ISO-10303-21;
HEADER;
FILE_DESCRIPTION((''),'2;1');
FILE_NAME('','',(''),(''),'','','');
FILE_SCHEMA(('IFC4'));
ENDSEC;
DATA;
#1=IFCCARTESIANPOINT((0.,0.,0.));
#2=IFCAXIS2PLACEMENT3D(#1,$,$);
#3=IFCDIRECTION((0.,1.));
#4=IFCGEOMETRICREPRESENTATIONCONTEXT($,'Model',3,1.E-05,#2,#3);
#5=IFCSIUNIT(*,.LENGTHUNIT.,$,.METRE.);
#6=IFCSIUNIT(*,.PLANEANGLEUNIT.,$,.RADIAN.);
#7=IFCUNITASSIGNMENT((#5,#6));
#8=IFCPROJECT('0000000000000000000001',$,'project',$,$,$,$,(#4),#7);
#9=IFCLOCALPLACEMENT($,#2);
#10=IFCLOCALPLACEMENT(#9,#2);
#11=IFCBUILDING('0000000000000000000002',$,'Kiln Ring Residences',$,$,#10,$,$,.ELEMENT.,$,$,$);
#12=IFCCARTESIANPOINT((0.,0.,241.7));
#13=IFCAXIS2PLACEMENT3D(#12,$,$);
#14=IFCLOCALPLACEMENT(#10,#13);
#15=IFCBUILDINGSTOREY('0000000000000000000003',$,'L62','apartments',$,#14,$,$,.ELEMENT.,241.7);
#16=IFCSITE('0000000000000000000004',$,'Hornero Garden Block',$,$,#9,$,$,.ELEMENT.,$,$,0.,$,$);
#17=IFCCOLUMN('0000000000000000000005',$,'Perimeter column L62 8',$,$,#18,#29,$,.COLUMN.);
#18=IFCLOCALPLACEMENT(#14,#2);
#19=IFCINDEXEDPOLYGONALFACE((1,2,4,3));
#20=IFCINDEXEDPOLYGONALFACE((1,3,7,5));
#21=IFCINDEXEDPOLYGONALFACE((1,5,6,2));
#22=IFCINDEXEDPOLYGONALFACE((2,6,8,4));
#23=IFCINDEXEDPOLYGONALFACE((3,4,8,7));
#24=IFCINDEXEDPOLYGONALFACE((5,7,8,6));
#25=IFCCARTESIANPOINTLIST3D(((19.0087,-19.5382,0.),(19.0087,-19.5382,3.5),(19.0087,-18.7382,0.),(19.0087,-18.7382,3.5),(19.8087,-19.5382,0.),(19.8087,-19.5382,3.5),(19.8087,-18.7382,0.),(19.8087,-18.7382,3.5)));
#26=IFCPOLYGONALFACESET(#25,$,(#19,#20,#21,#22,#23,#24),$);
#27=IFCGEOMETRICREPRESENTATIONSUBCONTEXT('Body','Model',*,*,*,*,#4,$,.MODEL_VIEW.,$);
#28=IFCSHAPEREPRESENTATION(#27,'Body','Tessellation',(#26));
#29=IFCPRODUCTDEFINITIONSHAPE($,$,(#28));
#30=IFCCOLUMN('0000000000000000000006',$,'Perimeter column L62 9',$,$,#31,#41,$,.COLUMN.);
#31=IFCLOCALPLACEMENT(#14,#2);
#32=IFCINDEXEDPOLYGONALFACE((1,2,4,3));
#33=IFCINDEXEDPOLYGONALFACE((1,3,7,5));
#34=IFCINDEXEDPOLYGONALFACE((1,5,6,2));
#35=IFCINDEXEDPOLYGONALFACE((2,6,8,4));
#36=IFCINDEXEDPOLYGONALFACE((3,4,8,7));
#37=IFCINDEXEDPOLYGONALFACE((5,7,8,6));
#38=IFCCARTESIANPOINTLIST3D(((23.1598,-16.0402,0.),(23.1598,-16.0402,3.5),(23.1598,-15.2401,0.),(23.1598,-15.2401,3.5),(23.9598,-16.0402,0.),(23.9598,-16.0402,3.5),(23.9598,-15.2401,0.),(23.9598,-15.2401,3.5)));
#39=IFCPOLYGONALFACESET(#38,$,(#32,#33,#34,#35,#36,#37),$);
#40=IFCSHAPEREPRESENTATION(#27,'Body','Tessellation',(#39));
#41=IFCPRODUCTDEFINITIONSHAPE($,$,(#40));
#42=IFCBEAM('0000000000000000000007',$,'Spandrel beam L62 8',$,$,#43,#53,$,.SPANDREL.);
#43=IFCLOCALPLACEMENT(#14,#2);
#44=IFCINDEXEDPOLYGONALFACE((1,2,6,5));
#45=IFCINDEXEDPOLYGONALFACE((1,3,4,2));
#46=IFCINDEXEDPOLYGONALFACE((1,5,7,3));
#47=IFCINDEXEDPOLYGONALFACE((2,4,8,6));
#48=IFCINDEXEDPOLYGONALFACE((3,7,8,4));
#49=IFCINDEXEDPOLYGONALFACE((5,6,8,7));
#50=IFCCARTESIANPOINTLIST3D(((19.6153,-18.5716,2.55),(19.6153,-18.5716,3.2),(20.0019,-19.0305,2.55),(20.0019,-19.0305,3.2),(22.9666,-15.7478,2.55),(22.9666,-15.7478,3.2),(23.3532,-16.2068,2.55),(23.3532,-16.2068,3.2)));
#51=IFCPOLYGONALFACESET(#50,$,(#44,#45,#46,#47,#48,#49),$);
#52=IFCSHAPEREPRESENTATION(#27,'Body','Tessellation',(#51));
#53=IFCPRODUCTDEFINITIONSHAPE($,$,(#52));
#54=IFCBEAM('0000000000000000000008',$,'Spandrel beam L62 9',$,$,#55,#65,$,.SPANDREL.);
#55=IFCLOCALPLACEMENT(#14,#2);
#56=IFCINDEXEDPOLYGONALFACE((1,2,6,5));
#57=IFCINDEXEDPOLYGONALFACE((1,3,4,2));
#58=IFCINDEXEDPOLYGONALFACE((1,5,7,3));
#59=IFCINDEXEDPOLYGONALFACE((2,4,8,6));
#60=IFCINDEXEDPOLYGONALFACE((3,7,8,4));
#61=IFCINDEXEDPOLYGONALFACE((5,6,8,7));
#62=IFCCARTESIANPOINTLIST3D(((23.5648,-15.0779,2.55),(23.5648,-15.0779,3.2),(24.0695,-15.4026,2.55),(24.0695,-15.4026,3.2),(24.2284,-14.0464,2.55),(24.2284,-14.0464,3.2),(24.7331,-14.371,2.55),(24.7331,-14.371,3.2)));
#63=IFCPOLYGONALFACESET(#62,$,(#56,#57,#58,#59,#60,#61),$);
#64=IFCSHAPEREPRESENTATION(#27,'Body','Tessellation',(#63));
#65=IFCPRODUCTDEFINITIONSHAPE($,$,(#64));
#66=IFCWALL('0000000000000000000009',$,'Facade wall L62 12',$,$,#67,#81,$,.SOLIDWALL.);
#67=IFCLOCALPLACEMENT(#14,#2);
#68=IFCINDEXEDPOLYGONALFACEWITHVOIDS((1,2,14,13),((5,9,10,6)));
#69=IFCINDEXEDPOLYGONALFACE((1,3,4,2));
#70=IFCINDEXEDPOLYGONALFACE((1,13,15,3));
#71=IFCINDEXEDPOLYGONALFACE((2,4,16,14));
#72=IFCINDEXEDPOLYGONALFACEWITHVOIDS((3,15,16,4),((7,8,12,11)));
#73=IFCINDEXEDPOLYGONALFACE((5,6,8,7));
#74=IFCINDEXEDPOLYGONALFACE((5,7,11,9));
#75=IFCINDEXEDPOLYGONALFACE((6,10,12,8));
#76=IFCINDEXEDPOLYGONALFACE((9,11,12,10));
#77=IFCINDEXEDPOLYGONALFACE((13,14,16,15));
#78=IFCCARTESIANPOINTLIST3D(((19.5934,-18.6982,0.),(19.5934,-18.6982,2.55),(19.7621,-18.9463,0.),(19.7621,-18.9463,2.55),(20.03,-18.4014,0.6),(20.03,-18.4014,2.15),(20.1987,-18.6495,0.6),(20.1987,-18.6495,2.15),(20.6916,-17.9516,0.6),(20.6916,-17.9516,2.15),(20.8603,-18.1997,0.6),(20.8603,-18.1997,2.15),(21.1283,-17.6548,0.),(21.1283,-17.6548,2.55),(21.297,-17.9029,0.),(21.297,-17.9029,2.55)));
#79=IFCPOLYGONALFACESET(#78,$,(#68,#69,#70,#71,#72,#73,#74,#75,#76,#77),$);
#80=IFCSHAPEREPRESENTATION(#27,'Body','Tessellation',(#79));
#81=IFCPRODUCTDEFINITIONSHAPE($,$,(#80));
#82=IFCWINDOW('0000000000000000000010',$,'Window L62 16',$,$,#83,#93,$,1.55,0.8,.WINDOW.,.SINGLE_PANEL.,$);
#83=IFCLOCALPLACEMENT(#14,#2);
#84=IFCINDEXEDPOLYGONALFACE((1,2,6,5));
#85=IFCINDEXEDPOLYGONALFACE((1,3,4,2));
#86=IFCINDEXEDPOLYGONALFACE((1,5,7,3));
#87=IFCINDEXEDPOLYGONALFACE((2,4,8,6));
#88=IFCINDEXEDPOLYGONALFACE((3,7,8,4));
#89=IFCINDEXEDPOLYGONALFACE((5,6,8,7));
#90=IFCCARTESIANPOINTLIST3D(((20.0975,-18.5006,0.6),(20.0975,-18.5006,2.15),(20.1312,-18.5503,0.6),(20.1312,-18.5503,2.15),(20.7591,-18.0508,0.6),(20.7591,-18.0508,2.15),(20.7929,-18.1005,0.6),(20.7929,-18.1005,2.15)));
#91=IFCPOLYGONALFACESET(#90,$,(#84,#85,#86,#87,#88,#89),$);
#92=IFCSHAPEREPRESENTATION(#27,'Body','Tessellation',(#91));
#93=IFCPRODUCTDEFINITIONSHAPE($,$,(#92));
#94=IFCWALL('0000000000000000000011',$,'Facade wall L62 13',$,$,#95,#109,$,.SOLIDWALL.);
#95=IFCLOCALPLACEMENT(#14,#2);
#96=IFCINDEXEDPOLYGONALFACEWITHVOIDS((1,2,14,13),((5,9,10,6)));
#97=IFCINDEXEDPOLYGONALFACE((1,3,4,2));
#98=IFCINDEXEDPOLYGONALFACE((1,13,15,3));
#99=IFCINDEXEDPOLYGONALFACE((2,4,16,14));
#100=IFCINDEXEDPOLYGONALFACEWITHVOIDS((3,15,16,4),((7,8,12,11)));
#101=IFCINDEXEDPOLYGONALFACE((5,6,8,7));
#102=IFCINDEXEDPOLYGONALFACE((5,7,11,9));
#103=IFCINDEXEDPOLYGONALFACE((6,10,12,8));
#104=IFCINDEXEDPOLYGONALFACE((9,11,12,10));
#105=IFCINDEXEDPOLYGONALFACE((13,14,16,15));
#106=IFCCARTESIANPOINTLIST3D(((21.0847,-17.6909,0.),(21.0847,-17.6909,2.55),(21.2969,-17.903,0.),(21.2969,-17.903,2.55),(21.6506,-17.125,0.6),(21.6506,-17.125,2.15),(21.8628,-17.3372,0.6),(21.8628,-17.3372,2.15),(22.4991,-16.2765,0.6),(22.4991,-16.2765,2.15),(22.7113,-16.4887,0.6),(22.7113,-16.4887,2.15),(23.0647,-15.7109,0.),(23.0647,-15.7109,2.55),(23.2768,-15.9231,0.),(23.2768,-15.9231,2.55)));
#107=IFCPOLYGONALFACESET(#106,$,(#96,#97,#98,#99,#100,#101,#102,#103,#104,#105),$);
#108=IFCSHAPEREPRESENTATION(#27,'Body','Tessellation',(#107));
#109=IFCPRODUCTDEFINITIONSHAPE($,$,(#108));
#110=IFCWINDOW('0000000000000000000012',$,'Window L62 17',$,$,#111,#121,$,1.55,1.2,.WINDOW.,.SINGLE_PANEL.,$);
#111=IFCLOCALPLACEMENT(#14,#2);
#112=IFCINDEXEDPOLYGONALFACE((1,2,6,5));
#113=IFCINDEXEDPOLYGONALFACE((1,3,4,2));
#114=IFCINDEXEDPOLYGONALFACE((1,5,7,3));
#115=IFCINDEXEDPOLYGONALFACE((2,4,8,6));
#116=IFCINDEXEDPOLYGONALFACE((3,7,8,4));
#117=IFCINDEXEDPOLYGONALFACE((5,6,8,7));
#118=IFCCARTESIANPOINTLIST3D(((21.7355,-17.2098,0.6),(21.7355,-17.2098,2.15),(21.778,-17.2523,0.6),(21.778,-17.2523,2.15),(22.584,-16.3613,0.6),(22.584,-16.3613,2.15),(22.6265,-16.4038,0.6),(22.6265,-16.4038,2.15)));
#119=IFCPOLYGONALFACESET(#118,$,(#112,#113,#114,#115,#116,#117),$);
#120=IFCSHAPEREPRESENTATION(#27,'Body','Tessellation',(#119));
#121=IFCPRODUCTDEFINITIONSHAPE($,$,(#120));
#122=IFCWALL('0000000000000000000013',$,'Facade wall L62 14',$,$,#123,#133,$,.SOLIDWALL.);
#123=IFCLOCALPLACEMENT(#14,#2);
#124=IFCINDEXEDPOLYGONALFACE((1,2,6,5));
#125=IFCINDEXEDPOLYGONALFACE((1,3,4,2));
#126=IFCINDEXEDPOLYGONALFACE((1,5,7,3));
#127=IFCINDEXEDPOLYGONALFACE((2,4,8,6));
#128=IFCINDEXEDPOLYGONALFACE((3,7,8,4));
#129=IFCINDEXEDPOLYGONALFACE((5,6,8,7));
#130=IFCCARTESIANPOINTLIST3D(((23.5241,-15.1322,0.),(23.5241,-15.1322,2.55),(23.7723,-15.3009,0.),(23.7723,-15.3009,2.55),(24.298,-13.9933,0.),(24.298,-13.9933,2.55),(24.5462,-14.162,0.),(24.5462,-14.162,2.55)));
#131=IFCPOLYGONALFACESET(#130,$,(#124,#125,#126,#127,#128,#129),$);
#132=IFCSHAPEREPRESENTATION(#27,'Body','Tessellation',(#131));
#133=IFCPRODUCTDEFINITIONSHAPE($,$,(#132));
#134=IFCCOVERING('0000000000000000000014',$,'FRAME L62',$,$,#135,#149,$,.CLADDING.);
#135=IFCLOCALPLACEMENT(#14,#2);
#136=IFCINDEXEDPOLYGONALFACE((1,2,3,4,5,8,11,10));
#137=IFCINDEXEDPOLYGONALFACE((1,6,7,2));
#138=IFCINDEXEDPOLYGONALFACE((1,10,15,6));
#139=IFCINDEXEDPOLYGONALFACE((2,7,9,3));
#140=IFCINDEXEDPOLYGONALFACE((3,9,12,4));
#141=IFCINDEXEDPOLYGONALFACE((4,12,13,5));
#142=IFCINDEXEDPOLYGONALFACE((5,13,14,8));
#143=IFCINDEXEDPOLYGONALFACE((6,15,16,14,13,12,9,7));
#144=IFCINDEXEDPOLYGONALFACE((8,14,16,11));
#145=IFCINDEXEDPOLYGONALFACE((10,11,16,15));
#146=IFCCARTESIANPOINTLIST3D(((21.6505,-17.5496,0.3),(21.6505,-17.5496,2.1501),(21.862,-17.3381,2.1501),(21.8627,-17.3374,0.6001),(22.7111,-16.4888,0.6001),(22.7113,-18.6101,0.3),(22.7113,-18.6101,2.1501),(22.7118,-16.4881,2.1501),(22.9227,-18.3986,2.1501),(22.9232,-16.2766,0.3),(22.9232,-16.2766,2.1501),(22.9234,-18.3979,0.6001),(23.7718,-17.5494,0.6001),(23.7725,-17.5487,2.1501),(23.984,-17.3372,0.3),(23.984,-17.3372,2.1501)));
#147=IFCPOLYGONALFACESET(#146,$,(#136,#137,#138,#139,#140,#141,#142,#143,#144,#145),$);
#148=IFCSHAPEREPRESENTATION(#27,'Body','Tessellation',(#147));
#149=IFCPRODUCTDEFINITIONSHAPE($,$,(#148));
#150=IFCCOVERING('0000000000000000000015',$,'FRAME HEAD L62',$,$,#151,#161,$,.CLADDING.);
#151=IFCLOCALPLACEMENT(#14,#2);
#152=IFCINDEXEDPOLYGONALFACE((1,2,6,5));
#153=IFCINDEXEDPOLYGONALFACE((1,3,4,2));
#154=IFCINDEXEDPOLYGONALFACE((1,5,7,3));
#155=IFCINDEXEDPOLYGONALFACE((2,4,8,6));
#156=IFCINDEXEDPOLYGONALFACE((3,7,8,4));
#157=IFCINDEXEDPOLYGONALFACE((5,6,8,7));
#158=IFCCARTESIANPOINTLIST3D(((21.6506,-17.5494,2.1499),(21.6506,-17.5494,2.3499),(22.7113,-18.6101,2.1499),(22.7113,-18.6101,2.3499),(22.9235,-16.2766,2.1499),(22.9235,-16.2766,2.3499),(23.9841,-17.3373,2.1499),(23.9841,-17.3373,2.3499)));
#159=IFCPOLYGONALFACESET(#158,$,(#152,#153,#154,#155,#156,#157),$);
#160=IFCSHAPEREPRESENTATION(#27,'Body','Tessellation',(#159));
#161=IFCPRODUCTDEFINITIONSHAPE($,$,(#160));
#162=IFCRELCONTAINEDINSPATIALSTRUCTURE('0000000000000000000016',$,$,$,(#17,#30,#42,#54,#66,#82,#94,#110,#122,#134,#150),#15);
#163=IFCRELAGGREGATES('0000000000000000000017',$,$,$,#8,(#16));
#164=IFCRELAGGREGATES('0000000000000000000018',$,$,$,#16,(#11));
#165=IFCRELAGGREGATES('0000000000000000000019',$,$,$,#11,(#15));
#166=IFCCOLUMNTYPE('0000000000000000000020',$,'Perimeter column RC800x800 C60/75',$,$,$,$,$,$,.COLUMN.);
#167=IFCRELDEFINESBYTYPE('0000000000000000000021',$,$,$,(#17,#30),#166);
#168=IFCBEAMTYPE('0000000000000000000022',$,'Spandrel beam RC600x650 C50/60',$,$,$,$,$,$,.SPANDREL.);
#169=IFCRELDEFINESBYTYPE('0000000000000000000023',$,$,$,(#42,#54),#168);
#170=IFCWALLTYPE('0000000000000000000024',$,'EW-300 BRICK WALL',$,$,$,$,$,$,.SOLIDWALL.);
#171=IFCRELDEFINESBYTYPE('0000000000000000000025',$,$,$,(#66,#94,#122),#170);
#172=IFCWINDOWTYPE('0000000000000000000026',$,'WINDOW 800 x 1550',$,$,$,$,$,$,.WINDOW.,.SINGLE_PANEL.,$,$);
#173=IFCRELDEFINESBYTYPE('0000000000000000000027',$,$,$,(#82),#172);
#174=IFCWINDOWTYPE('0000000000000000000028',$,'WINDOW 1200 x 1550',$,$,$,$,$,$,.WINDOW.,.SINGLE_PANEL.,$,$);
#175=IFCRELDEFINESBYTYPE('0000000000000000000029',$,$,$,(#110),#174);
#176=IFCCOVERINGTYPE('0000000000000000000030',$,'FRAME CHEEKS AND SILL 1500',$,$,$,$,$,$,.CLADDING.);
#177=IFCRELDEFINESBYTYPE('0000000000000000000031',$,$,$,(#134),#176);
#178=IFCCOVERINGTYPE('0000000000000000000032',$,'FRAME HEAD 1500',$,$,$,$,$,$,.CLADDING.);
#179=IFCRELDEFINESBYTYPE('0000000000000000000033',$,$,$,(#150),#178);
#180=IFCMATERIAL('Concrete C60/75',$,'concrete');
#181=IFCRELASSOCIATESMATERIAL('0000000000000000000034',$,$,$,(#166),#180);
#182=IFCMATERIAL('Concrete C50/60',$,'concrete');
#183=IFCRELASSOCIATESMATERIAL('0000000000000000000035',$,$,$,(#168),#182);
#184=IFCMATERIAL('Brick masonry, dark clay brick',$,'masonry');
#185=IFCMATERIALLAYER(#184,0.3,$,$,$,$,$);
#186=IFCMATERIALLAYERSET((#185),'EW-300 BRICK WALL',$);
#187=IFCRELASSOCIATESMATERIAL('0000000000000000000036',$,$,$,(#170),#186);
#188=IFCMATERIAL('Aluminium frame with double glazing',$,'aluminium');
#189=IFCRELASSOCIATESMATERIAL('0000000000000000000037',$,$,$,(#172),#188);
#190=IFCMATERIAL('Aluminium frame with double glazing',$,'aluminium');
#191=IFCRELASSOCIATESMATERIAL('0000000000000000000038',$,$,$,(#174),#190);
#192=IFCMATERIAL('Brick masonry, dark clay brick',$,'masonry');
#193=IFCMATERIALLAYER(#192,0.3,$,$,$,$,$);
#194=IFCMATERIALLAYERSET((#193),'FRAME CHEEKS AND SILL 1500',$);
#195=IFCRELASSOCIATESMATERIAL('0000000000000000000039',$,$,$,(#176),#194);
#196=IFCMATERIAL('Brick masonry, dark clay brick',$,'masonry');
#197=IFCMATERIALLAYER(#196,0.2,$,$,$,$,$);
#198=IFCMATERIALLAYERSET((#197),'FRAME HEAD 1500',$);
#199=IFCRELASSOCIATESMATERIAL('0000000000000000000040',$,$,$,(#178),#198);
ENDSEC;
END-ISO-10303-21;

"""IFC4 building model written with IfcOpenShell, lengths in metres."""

from ifc_helpers import new_model, si_unit, direction, frame, frame_2d, origin, origin_2d, place, context, subcontext, project, spatial, polyline, rectangle, outline, extrude, material, layer, layer_set, material_profile, profile_set, type_object, element, fill, save


model = new_model("IFC4")

# Units and contexts
model_context = context("Model", 3, precision=1e-05, world=origin(), true_north=direction((0.0, 1.0)))
body_context = subcontext(model_context, "Body", "Model", "MODEL_VIEW")
ifc_project = project(units=[si_unit("LENGTHUNIT", "METRE"), si_unit("PLANEANGLEUNIT", "RADIAN")], contexts=[model_context])

# Site, building, storey
site_placement = place(None, origin())
site = spatial("IfcSite", under=ifc_project, at=site_placement, Name="Hornero Garden Block", CompositionType="ELEMENT", RefElevation=0.0)
building_placement = place(site_placement, origin())
building = spatial("IfcBuilding", under=site, at=building_placement, Name="Kiln Ring Residences", CompositionType="ELEMENT")
storey_placement = place(building_placement, frame((0.0, 0.0, 241.7)))
storey = spatial("IfcBuildingStorey", under=building, at=storey_placement, Name="L62", Description="apartments", CompositionType="ELEMENT", Elevation=241.7)

# Columns
ifc_material_1 = material(Name="Concrete C60/75", Category="concrete")
ifc_material_profile_1 = material_profile(ifc_material_1, rectangle(XDim=0.8, YDim=0.8, at=origin_2d()), Name="RC800x800")
ifc_profile_set_1 = profile_set([ifc_material_profile_1], Name="Concrete C60/75")
column_type = type_object("IfcColumnType", Name="Perimeter column RC800x800 C60/75", PredefinedType="COLUMN", material=ifc_profile_set_1)
for number, where, z_axis, x_axis, name in (
    (1, (19.4087, -19.1382, 0.0), (0.0, 0.0, 1.0), (1.0, 0.0, 0.0), "Perimeter column L62 8"),
    (2, (23.5598, -15.6401, 0.0), (0.0, 0.0, 1.0), (1.0, 0.0, 0.0), "Perimeter column L62 9"),
):
    element("IfcColumn", number, at=place(storey_placement, frame(where, z_axis=z_axis, x_axis=x_axis)), inside=storey, type_object=column_type, Name=name, PredefinedType="COLUMN", context=body_context, shape_type="SweptSolid", body=[
        extrude(rectangle(XDim=0.8, YDim=0.8, at=origin_2d()), origin(), (0.0, 0.0, 1.0), 3.5),
    ])

# Beams
ifc_material_2 = material(Name="Concrete C50/60", Category="concrete")
ifc_material_profile_2 = material_profile(ifc_material_2, rectangle(XDim=0.6001, YDim=0.6499, at=origin_2d()), Name="RC600x650")
ifc_profile_set_2 = profile_set([ifc_material_profile_2], Name="Concrete C50/60")
beam_type = type_object("IfcBeamType", Name="Spandrel beam RC600x650 C50/60", PredefinedType="SPANDREL", material=ifc_profile_set_2)
beam_1_placement = place(storey_placement, frame((19.8086, -18.801, 2.875), z_axis=(0.764735, 0.644345, 0.0), x_axis=(-0.644345, 0.764735, 0.0)))
element("IfcBeam", 3, at=beam_1_placement, inside=storey, type_object=beam_type, Name="Spandrel beam L62 8", PredefinedType="SPANDREL", context=body_context, shape_type="SweptSolid", body=[
    extrude(rectangle(XDim=0.6001, YDim=0.6499, at=origin_2d()), origin(), (0.0, 0.0, 1.0), 4.3823),
])
beam_2_placement = place(storey_placement, frame((23.8171, -15.2402, 2.875), z_axis=(0.541029, 0.841004, 0.0), x_axis=(-0.841004, 0.541029, 0.0)))
element("IfcBeam", 4, at=beam_2_placement, inside=storey, type_object=beam_type, Name="Spandrel beam L62 9", PredefinedType="SPANDREL", context=body_context, shape_type="SweptSolid", body=[
    extrude(rectangle(XDim=0.6001, YDim=0.6499, at=origin_2d()), origin(), (0.0, 0.0, 1.0), 1.2266),
])

# Walls, openings, windows
ifc_material_3 = material(Name="Brick masonry, dark clay brick", Category="masonry")
ifc_layer_1 = layer(ifc_material_3, 0.3)
ifc_layer_set_1 = layer_set([ifc_layer_1], Name="EW-300 BRICK WALL")
wall_type = type_object("IfcWallType", Name="EW-300 BRICK WALL", PredefinedType="SOLIDWALL", material=ifc_layer_set_1)
wall_1_placement = place(storey_placement, frame((19.6777, -18.8223, 0.0), z_axis=(0.0, 0.0, 1.0), x_axis=(0.826997, 0.562206, 0.0)))
wall_1 = element("IfcWall", 5, at=wall_1_placement, inside=storey, type_object=wall_type, Name="Facade wall L62 12", PredefinedType="SOLIDWALL", context=body_context, shape_type="SweptSolid", body=[
    extrude(rectangle(XDim=1.856, YDim=0.3, at=frame_2d((0.928, 0.0))), origin(), (0.0, 0.0, 1.0), 2.55),
])
opening_1_placement = place(wall_1_placement, frame((0.5281, 0.0, 0.6001)))
opening_1 = element("IfcOpeningElement", 6, at=opening_1_placement, cuts=wall_1, PredefinedType="OPENING", context=body_context, shape_type="SweptSolid", body=[
    extrude(rectangle(XDim=0.8, YDim=1.55, at=frame_2d((0.3999, 0.7749))), frame((0.0, 0.1599, 0.0), z_axis=(0.0, -1.0, 0.0), x_axis=(1.0, 0.0, 0.0)), (0.0, 0.0, 1.0), 0.3201),
])
ifc_material_4 = material(Name="Aluminium frame with double glazing", Category="aluminium")
window_type_1 = type_object("IfcWindowType", Name="WINDOW 800 x 1550", PartitioningType="SINGLE_PANEL", PredefinedType="WINDOW", material=ifc_material_4)
window_1_placement = place(opening_1_placement, origin())
window_1 = element("IfcWindow", 7, at=window_1_placement, inside=storey, type_object=window_type_1, Name="Window L62 16", OverallHeight=1.55, OverallWidth=0.8, PartitioningType="SINGLE_PANEL", PredefinedType="WINDOW", context=body_context, shape_type="SweptSolid", body=[
    extrude(rectangle(XDim=0.8, YDim=1.55, at=frame_2d((0.3999, 0.7749))), frame((0.0, 0.03, 0.0), z_axis=(0.0, -1.0, 0.0), x_axis=(1.0, 0.0, 0.0)), (0.0, 0.0, 1.0), 0.0601),
])
fill(opening_1, window_1)
wall_2_placement = place(storey_placement, frame((21.1909, -17.7969, 0.0), z_axis=(0.0, 0.0, 1.0), x_axis=(0.707107, 0.707107, 0.0)))
wall_2 = element("IfcWall", 8, at=wall_2_placement, inside=storey, type_object=wall_type, Name="Facade wall L62 13", PredefinedType="SOLIDWALL", context=body_context, shape_type="SweptSolid", body=[
    extrude(rectangle(XDim=2.8, YDim=0.3, at=frame_2d((1.3999, 0.0))), origin(), (0.0, 0.0, 1.0), 2.55),
])
opening_2_placement = place(wall_2_placement, frame((0.8, 0.0, 0.6001)))
opening_2 = element("IfcOpeningElement", 9, at=opening_2_placement, cuts=wall_2, PredefinedType="OPENING", context=body_context, shape_type="SweptSolid", body=[
    extrude(rectangle(XDim=1.2, YDim=1.55, at=frame_2d((0.6001, 0.7749))), frame((0.0, 0.1599, 0.0), z_axis=(0.0, -1.0, 0.0), x_axis=(1.0, 0.0, 0.0)), (0.0, 0.0, 1.0), 0.3201),
])
ifc_material_5 = material(Name="Aluminium frame with double glazing", Category="aluminium")
window_type_2 = type_object("IfcWindowType", Name="WINDOW 1200 x 1550", PartitioningType="SINGLE_PANEL", PredefinedType="WINDOW", material=ifc_material_5)
window_2_placement = place(opening_2_placement, origin())
window_2 = element("IfcWindow", 10, at=window_2_placement, inside=storey, type_object=window_type_2, Name="Window L62 17", OverallHeight=1.55, OverallWidth=1.2, PartitioningType="SINGLE_PANEL", PredefinedType="WINDOW", context=body_context, shape_type="SweptSolid", body=[
    extrude(rectangle(XDim=1.2, YDim=1.55, at=frame_2d((0.6001, 0.7749))), frame((0.0, 0.03, 0.0), z_axis=(0.0, -1.0, 0.0), x_axis=(1.0, 0.0, 0.0)), (0.0, 0.0, 1.0), 0.0601),
])
fill(opening_2, window_2)

# Wall
wall_3_placement = place(storey_placement, frame((23.6482, -15.2166, 0.0), z_axis=(0.0, 0.0, 1.0), x_axis=(0.562043, 0.827108, 0.0)))
element("IfcWall", 11, at=wall_3_placement, inside=storey, type_object=wall_type, Name="Facade wall L62 14", PredefinedType="SOLIDWALL", context=body_context, shape_type="SweptSolid", body=[
    extrude(rectangle(XDim=1.377, YDim=0.3, at=frame_2d((0.6885, 0.0))), origin(), (0.0, 0.0, 1.0), 2.55),
])

# Coverings
ifc_material_6 = material(Name="Brick masonry, dark clay brick", Category="masonry")
ifc_layer_2 = layer(ifc_material_6, 0.3)
ifc_layer_set_2 = layer_set([ifc_layer_2], Name="FRAME CHEEKS AND SILL 1500")
covering_type_1 = type_object("IfcCoveringType", Name="FRAME CHEEKS AND SILL 1500", PredefinedType="CLADDING", material=ifc_layer_set_2)
covering_1_placement = place(storey_placement, frame((22.1809, -18.0798, 0.3), z_axis=(0.0, 0.0, 1.0), x_axis=(0.707039, 0.707175, 0.0)))
element("IfcCovering", 12, at=covering_1_placement, inside=storey, type_object=covering_type_1, Name="FRAME L62", PredefinedType="CLADDING", context=body_context, shape_type="SweptSolid", body=[
    extrude(outline(polyline([(0.0, 0.0), (1.8, 0.0), (1.8, 1.8501), (1.501, 1.8501), (1.5, 0.3), (0.3, 0.3), (0.2991, 1.8501), (0.0, 1.8501), (0.0, 0.0)])), frame((0.0, 0.75, 0.0), z_axis=(0.0, -1.0, 0.0), x_axis=(1.0, 0.0, 0.0)), (0.0, 0.0, 1.0), 1.5),
])
ifc_material_7 = material(Name="Brick masonry, dark clay brick", Category="masonry")
ifc_layer_3 = layer(ifc_material_7, 0.2)
ifc_layer_set_3 = layer_set([ifc_layer_3], Name="FRAME HEAD 1500")
covering_type_2 = type_object("IfcCoveringType", Name="FRAME HEAD 1500", PredefinedType="CLADDING", material=ifc_layer_set_3)
covering_2_placement = place(storey_placement, frame((22.8174, -17.4434, 2.1499), z_axis=(0.0, 0.0, 1.0), x_axis=(0.707107, 0.707107, 0.0)))
element("IfcCovering", 13, at=covering_2_placement, inside=storey, type_object=covering_type_2, Name="FRAME HEAD L62", PredefinedType="CLADDING", context=body_context, shape_type="SweptSolid", body=[
    extrude(rectangle(XDim=1.8, YDim=1.5, at=origin_2d()), origin(), (0.0, 0.0, 1.0), 0.2),
])

save(model, "model.ifc")
